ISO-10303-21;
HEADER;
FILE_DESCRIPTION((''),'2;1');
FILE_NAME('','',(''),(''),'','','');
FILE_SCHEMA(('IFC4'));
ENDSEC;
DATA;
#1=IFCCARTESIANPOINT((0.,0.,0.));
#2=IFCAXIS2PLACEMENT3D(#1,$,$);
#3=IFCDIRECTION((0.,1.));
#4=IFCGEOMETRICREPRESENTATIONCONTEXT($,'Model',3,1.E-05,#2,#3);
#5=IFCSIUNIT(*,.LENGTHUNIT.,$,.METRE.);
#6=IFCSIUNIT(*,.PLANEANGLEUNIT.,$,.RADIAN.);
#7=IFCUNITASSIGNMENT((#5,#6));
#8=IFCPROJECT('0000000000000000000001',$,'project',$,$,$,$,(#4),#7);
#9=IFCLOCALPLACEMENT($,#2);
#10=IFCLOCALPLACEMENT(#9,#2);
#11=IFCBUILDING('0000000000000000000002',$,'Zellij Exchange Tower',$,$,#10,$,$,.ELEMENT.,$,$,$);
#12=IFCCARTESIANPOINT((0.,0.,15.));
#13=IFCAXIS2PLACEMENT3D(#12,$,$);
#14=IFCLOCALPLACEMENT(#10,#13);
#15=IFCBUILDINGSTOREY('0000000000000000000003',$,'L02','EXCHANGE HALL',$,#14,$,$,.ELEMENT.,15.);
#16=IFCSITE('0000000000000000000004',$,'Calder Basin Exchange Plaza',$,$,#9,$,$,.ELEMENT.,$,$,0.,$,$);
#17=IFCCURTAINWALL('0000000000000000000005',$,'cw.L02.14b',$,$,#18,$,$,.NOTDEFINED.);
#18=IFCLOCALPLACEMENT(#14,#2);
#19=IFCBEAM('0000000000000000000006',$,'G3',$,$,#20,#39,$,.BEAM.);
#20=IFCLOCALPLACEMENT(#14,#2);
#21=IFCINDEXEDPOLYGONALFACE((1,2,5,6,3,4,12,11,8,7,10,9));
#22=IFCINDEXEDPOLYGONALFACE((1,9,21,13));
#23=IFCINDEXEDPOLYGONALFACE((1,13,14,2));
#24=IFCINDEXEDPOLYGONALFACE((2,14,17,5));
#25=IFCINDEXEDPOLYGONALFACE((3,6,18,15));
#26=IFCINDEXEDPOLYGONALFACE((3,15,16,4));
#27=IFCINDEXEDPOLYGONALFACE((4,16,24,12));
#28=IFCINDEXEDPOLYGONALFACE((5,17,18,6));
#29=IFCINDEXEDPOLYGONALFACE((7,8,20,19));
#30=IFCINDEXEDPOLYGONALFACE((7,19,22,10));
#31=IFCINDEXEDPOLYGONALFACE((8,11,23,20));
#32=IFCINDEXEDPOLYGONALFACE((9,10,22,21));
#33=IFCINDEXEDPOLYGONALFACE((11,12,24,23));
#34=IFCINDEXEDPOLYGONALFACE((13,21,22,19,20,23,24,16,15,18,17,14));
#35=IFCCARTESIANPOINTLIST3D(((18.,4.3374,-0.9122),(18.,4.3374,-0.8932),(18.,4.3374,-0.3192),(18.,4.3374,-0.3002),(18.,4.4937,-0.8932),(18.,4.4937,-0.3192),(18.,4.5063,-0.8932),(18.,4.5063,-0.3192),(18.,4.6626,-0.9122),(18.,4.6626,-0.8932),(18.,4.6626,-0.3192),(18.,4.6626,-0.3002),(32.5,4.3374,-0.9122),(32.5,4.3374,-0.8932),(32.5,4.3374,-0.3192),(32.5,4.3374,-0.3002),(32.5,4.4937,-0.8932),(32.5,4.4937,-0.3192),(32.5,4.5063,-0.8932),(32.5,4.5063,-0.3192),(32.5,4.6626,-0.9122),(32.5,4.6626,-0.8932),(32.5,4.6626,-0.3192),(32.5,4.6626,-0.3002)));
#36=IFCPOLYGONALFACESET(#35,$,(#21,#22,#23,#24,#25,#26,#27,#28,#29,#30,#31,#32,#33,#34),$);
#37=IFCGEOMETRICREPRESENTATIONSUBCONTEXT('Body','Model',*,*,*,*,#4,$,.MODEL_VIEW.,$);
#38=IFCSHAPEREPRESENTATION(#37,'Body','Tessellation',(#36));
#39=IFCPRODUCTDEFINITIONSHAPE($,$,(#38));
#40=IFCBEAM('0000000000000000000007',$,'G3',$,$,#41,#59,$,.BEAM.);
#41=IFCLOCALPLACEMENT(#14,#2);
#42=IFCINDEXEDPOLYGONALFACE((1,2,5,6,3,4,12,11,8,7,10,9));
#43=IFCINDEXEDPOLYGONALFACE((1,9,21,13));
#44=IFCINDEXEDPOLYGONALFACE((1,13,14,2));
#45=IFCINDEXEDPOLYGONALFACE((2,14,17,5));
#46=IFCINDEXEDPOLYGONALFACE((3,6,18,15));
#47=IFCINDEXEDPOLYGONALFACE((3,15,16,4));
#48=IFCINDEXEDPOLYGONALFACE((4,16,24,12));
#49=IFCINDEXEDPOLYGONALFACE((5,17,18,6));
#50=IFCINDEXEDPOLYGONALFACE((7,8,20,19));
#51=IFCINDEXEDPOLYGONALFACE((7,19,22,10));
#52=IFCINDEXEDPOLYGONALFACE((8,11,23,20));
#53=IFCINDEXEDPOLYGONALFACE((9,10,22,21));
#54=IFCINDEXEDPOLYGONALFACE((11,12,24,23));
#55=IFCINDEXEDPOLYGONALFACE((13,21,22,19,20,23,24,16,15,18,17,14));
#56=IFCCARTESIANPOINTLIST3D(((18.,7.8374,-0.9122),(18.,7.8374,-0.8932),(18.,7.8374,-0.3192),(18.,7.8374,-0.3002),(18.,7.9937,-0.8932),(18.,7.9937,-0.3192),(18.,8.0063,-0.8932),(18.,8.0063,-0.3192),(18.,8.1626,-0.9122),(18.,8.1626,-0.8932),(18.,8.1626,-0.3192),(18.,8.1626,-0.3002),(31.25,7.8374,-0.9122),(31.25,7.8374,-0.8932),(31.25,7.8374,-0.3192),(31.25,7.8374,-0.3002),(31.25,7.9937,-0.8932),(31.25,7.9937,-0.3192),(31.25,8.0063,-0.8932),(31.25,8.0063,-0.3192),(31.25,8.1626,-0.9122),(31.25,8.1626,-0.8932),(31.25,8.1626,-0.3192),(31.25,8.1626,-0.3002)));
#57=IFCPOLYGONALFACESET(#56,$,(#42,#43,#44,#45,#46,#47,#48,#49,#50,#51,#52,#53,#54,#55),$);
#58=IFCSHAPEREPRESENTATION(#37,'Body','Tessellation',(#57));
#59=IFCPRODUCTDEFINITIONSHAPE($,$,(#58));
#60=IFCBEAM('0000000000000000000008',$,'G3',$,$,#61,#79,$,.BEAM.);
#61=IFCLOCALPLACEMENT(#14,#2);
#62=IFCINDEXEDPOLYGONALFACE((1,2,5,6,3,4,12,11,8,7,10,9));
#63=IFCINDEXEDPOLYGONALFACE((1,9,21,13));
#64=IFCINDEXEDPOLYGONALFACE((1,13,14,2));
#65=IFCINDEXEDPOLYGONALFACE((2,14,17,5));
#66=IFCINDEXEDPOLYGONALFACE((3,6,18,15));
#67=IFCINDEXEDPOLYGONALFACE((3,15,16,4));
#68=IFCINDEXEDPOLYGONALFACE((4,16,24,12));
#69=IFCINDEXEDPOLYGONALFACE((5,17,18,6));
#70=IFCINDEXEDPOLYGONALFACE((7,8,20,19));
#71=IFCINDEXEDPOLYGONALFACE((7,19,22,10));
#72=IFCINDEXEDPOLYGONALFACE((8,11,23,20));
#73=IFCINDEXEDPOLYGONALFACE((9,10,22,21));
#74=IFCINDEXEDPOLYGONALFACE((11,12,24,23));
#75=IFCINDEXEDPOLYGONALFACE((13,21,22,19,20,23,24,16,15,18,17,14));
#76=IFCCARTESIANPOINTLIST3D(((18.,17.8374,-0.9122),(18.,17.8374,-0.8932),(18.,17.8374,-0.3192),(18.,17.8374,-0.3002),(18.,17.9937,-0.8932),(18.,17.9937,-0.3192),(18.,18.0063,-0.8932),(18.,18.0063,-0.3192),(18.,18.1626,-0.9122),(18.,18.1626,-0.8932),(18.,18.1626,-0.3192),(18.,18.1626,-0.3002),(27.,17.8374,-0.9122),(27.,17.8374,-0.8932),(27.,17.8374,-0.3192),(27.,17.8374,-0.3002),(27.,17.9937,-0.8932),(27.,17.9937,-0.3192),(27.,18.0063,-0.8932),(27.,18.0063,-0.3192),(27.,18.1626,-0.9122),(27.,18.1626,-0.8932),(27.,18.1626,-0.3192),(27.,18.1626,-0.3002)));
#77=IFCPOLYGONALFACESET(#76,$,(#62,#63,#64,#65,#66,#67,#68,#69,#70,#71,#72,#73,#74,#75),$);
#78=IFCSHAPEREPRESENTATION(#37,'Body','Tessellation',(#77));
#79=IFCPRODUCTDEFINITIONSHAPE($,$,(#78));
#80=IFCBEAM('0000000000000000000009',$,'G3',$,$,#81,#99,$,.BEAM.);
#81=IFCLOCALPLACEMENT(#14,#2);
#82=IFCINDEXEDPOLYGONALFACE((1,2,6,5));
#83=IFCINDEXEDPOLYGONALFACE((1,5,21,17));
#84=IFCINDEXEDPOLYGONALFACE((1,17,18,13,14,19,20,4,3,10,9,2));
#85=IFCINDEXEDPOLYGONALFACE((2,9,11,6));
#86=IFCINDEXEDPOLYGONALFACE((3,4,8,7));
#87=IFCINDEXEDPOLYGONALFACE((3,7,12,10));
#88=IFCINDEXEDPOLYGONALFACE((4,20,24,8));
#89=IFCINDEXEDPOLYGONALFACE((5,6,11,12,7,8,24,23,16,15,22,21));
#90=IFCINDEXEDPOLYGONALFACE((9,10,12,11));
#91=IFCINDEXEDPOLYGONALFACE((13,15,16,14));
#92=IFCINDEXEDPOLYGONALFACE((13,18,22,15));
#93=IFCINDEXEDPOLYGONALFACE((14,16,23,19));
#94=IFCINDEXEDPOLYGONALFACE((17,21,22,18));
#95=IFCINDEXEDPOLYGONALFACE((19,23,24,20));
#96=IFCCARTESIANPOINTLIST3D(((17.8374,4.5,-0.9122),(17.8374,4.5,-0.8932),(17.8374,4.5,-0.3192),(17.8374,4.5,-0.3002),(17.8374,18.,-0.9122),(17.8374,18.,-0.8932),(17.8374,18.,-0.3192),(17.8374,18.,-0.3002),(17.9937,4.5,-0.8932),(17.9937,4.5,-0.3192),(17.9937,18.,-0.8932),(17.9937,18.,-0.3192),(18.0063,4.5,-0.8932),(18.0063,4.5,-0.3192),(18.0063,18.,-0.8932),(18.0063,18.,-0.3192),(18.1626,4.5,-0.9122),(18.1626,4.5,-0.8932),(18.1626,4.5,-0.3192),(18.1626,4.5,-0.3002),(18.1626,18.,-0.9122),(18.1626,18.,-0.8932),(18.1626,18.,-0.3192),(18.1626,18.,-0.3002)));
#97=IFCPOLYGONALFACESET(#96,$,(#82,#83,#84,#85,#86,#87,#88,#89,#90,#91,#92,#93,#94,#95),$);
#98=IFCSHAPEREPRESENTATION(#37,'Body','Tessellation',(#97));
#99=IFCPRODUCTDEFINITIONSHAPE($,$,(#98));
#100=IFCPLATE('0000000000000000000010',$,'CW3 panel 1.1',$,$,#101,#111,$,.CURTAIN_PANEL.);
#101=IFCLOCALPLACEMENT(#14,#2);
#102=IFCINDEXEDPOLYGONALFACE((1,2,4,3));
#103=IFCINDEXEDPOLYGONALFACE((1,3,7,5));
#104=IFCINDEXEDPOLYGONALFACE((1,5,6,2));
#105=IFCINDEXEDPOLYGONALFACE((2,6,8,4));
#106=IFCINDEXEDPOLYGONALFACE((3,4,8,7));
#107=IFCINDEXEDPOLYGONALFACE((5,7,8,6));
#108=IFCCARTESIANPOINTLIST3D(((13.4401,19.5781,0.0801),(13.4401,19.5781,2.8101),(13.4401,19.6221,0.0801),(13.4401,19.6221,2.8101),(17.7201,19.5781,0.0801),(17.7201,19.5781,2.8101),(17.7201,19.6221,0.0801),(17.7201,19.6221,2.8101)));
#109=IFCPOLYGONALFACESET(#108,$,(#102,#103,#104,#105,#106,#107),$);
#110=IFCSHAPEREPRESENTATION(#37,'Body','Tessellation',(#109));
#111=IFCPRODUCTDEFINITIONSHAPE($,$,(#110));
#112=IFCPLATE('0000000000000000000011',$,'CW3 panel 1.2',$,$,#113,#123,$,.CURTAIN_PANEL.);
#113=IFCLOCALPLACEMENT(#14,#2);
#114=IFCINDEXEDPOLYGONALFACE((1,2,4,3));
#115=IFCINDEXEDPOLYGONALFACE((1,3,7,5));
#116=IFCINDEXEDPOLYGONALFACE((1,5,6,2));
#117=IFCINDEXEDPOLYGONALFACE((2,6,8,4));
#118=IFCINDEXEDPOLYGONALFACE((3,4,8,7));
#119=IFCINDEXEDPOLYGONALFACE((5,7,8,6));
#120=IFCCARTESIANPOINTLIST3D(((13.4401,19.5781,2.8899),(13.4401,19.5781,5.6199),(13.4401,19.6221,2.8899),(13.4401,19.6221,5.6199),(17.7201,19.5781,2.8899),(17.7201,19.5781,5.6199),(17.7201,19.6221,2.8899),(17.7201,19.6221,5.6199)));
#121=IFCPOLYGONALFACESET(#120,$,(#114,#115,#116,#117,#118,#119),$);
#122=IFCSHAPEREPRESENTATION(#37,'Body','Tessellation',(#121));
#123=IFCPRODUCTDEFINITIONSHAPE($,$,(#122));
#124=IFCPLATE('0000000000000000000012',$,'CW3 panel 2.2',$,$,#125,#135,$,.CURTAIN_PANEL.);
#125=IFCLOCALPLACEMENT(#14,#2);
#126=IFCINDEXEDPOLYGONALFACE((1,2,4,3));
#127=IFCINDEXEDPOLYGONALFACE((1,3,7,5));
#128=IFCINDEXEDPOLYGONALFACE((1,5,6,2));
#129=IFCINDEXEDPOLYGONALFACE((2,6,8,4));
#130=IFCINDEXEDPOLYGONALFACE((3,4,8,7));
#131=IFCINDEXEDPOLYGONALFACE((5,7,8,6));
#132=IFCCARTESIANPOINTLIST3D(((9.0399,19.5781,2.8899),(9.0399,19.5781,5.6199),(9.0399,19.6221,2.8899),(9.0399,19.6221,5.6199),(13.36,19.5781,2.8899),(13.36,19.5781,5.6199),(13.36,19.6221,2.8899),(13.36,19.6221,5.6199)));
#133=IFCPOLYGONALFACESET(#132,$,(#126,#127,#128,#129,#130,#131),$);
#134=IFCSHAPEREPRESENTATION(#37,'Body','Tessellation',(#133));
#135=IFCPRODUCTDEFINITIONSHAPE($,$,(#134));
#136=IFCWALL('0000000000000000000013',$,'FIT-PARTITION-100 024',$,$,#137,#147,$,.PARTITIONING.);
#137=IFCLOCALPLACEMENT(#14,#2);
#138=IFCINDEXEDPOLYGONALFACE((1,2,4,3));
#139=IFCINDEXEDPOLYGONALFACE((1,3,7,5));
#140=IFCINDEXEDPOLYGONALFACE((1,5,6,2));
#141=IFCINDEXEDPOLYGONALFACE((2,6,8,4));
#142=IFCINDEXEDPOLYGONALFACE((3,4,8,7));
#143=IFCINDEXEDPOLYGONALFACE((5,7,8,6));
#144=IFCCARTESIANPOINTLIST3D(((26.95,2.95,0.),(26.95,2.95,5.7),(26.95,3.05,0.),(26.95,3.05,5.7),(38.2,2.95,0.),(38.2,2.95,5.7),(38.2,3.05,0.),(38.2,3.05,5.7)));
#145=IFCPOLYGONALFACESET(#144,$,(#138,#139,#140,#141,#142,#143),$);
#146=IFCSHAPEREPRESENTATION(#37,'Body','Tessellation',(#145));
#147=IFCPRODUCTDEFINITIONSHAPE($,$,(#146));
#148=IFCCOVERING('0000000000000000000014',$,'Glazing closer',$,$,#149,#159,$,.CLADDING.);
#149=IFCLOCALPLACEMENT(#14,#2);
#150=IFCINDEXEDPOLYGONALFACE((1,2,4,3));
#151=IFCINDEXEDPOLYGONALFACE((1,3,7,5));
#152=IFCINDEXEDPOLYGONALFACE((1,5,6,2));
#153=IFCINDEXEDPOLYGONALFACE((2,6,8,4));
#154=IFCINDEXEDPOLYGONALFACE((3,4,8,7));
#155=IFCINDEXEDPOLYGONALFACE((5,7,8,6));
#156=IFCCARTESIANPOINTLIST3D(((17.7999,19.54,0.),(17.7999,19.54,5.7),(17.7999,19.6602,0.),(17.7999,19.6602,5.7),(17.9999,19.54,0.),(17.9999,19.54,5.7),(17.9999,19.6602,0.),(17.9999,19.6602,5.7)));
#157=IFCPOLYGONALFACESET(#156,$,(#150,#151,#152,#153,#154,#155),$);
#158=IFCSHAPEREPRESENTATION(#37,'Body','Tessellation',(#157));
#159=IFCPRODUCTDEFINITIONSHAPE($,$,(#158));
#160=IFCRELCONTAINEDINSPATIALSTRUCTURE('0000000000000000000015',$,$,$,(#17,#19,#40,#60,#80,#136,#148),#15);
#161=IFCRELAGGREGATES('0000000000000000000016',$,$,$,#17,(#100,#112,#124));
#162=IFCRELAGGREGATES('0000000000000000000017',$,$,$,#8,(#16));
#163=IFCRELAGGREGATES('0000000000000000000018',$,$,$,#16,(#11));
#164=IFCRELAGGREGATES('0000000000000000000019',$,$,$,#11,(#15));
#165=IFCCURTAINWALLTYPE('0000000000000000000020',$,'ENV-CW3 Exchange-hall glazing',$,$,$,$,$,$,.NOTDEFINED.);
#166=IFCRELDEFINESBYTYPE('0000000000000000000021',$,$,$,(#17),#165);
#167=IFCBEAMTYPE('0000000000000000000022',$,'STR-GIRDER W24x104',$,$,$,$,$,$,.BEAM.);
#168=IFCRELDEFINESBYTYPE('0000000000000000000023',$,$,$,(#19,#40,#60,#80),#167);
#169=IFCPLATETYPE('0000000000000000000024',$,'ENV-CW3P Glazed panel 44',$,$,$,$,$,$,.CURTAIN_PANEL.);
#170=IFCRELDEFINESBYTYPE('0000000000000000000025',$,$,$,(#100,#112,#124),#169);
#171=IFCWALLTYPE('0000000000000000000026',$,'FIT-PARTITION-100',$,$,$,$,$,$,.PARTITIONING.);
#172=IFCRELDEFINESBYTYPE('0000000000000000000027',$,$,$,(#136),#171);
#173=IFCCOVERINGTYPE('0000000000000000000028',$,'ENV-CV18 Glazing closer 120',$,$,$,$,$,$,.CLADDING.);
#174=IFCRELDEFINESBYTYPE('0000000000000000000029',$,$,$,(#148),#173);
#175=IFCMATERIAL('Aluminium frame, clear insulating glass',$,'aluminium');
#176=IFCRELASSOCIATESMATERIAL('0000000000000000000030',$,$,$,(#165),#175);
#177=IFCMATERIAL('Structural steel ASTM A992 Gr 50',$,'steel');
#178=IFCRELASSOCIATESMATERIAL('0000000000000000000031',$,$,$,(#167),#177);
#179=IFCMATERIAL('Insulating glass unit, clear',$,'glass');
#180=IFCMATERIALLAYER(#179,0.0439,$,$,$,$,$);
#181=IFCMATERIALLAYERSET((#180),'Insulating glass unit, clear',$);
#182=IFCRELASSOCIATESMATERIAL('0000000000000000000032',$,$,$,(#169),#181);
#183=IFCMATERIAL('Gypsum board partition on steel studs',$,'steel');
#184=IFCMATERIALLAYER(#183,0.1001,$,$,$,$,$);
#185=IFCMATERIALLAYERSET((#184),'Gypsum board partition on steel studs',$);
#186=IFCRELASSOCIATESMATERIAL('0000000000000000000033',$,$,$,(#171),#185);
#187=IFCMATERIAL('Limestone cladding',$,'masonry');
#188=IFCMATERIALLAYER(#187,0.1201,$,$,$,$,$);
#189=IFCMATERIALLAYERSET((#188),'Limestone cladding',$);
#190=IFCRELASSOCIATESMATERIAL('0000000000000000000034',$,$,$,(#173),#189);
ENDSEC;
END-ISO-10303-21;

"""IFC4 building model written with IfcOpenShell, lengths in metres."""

from ifc_helpers import new_model, si_unit, direction, frame, frame_2d, origin, origin_2d, place, context, subcontext, project, spatial, rectangle, i_section, extrude, material, layer, layer_set, material_profile, profile_set, type_object, element, aggregate, save


model = new_model("IFC4")

# Units and contexts
model_context = context("Model", 3, precision=1e-05, world=origin(), true_north=direction((0.0, 1.0)))
body_context = subcontext(model_context, "Body", "Model", "MODEL_VIEW")
ifc_project = project(units=[si_unit("LENGTHUNIT", "METRE"), si_unit("PLANEANGLEUNIT", "RADIAN")], contexts=[model_context])

# Site, building, storey
site_placement = place(None, origin())
site = spatial("IfcSite", under=ifc_project, at=site_placement, Name="Calder Basin Exchange Plaza", CompositionType="ELEMENT", RefElevation=0.0)
building_placement = place(site_placement, origin())
building = spatial("IfcBuilding", under=site, at=building_placement, Name="Zellij Exchange Tower", CompositionType="ELEMENT")
storey_placement = place(building_placement, frame((0.0, 0.0, 15.0)))
storey = spatial("IfcBuildingStorey", under=building, at=storey_placement, Name="L02", Description="EXCHANGE HALL", CompositionType="ELEMENT", Elevation=15.0)

# Curtain wall
ifc_material_1 = material(Name="Aluminium frame, clear insulating glass", Category="aluminium")
curtain_wall_type = type_object("IfcCurtainWallType", Name="ENV-CW3 Exchange-hall glazing", PredefinedType="NOTDEFINED", material=ifc_material_1)
curtain_wall_placement = place(storey_placement, origin())
curtain_wall = element("IfcCurtainWall", 1, at=curtain_wall_placement, inside=storey, type_object=curtain_wall_type, Name="cw.L02.14b", PredefinedType="NOTDEFINED")

# Beams
ifc_material_2 = material(Name="Structural steel ASTM A992 Gr 50", Category="steel")
ifc_material_profile_1 = material_profile(ifc_material_2, i_section(OverallWidth=0.3252, OverallDepth=0.6121, WebThickness=0.0127, FlangeThickness=0.019, at=origin_2d()), Name="W24x104")
ifc_profile_set_1 = profile_set([ifc_material_profile_1], Name="Structural steel ASTM A992 Gr 50")
beam_type_1 = type_object("IfcBeamType", Name="STR-GIRDER W24x104", PredefinedType="BEAM", material=ifc_profile_set_1)
beam_1_placement = place(storey_placement, frame((18.0, 4.5, -0.6062), z_axis=(1.0, 0.0, 0.0), x_axis=(0.0, 1.0, 0.0)))
element("IfcBeam", 2, at=beam_1_placement, inside=storey, type_object=beam_type_1, Name="G3", PredefinedType="BEAM", context=body_context, shape_type="SweptSolid", body=[
    extrude(i_section(OverallWidth=0.3252, OverallDepth=0.6121, WebThickness=0.0127, FlangeThickness=0.019, at=origin_2d()), origin(), (0.0, 0.0, 1.0), 14.5),
])
beam_2_placement = place(storey_placement, frame((18.0, 8.0, -0.6062), z_axis=(1.0, 0.0, 0.0), x_axis=(0.0, 1.0, 0.0)))
element("IfcBeam", 3, at=beam_2_placement, inside=storey, type_object=beam_type_1, Name="G3", PredefinedType="BEAM", context=body_context, shape_type="SweptSolid", body=[
    extrude(i_section(OverallWidth=0.3252, OverallDepth=0.6121, WebThickness=0.0127, FlangeThickness=0.019, at=origin_2d()), origin(), (0.0, 0.0, 1.0), 13.25),
])
beam_3_placement = place(storey_placement, frame((18.0, 18.0, -0.6062), z_axis=(1.0, 0.0, 0.0), x_axis=(0.0, 1.0, 0.0)))
element("IfcBeam", 4, at=beam_3_placement, inside=storey, type_object=beam_type_1, Name="G3", PredefinedType="BEAM", context=body_context, shape_type="SweptSolid", body=[
    extrude(i_section(OverallWidth=0.3252, OverallDepth=0.6121, WebThickness=0.0127, FlangeThickness=0.019, at=origin_2d()), origin(), (0.0, 0.0, 1.0), 9.0),
])
beam_4_placement = place(storey_placement, frame((18.0, 4.5, -0.6062), z_axis=(0.0, 1.0, 0.0), x_axis=(-1.0, 0.0, 0.0)))
element("IfcBeam", 5, at=beam_4_placement, inside=storey, type_object=beam_type_1, Name="G3", PredefinedType="BEAM", context=body_context, shape_type="SweptSolid", body=[
    extrude(i_section(OverallWidth=0.3252, OverallDepth=0.6121, WebThickness=0.0127, FlangeThickness=0.019, at=origin_2d()), origin(), (0.0, 0.0, 1.0), 13.5),
])

# Plates
ifc_material_3 = material(Name="Insulating glass unit, clear", Category="glass")
ifc_layer_1 = layer(ifc_material_3, 0.0439)
ifc_layer_set_1 = layer_set([ifc_layer_1], Name="Insulating glass unit, clear")
plate_type = type_object("IfcPlateType", Name="ENV-CW3P Glazed panel 44", PredefinedType="CURTAIN_PANEL", material=ifc_layer_set_1)
plate_1_placement = place(storey_placement, frame((15.5801, 19.6001, 0.0801), z_axis=(0.0, 0.0, 1.0), x_axis=(-1.0, 0.0, 0.0)))
plate_1 = element("IfcPlate", 6, at=plate_1_placement, type_object=plate_type, Name="CW3 panel 1.1", PredefinedType="CURTAIN_PANEL", context=body_context, shape_type="SweptSolid", body=[
    extrude(rectangle(XDim=4.28, YDim=0.0439, at=origin_2d()), origin(), (0.0, 0.0, 1.0), 2.73),
])
plate_2_placement = place(storey_placement, frame((15.5801, 19.6001, 2.8899), z_axis=(0.0, 0.0, 1.0), x_axis=(-1.0, 0.0, 0.0)))
plate_2 = element("IfcPlate", 7, at=plate_2_placement, type_object=plate_type, Name="CW3 panel 1.2", PredefinedType="CURTAIN_PANEL", context=body_context, shape_type="SweptSolid", body=[
    extrude(rectangle(XDim=4.28, YDim=0.0439, at=origin_2d()), origin(), (0.0, 0.0, 1.0), 2.73),
])
plate_3_placement = place(storey_placement, frame((11.2, 19.6001, 2.8899), z_axis=(0.0, 0.0, 1.0), x_axis=(-1.0, 0.0, 0.0)))
plate_3 = element("IfcPlate", 8, at=plate_3_placement, type_object=plate_type, Name="CW3 panel 2.2", PredefinedType="CURTAIN_PANEL", context=body_context, shape_type="SweptSolid", body=[
    extrude(rectangle(XDim=4.3201, YDim=0.0439, at=origin_2d()), origin(), (0.0, 0.0, 1.0), 2.73),
])
aggregate(curtain_wall, [plate_1, plate_2, plate_3])

# Wall
ifc_material_4 = material(Name="Gypsum board partition on steel studs", Category="steel")
ifc_layer_2 = layer(ifc_material_4, 0.1001)
ifc_layer_set_2 = layer_set([ifc_layer_2], Name="Gypsum board partition on steel studs")
wall_type = type_object("IfcWallType", Name="FIT-PARTITION-100", PredefinedType="PARTITIONING", material=ifc_layer_set_2)
wall_placement = place(storey_placement, frame((26.95, 3.0, 0.0), z_axis=(0.0, 0.0, 1.0), x_axis=(1.0, 0.0, 0.0)))
element("IfcWall", 9, at=wall_placement, inside=storey, type_object=wall_type, Name="FIT-PARTITION-100 024", PredefinedType="PARTITIONING", context=body_context, shape_type="SweptSolid", body=[
    extrude(rectangle(XDim=11.25, YDim=0.1001, at=frame_2d((5.625, 0.0))), origin(), (0.0, 0.0, 1.0), 5.7),
])

# Covering
ifc_material_5 = material(Name="Limestone cladding", Category="masonry")
ifc_layer_3 = layer(ifc_material_5, 0.1201)
ifc_layer_set_3 = layer_set([ifc_layer_3], Name="Limestone cladding")
covering_type = type_object("IfcCoveringType", Name="ENV-CV18 Glazing closer 120", PredefinedType="CLADDING", material=ifc_layer_set_3)
covering_placement = place(storey_placement, frame((17.8999, 19.6001, 0.0), z_axis=(0.0, 0.0, 1.0), x_axis=(1.0, 0.0, 0.0)))
element("IfcCovering", 10, at=covering_placement, inside=storey, type_object=covering_type, Name="Glazing closer", PredefinedType="CLADDING", context=body_context, shape_type="SweptSolid", body=[
    extrude(rectangle(XDim=0.2, YDim=0.1201, at=origin_2d()), origin(), (0.0, 0.0, 1.0), 5.7),
])

save(model, "model.ifc")
